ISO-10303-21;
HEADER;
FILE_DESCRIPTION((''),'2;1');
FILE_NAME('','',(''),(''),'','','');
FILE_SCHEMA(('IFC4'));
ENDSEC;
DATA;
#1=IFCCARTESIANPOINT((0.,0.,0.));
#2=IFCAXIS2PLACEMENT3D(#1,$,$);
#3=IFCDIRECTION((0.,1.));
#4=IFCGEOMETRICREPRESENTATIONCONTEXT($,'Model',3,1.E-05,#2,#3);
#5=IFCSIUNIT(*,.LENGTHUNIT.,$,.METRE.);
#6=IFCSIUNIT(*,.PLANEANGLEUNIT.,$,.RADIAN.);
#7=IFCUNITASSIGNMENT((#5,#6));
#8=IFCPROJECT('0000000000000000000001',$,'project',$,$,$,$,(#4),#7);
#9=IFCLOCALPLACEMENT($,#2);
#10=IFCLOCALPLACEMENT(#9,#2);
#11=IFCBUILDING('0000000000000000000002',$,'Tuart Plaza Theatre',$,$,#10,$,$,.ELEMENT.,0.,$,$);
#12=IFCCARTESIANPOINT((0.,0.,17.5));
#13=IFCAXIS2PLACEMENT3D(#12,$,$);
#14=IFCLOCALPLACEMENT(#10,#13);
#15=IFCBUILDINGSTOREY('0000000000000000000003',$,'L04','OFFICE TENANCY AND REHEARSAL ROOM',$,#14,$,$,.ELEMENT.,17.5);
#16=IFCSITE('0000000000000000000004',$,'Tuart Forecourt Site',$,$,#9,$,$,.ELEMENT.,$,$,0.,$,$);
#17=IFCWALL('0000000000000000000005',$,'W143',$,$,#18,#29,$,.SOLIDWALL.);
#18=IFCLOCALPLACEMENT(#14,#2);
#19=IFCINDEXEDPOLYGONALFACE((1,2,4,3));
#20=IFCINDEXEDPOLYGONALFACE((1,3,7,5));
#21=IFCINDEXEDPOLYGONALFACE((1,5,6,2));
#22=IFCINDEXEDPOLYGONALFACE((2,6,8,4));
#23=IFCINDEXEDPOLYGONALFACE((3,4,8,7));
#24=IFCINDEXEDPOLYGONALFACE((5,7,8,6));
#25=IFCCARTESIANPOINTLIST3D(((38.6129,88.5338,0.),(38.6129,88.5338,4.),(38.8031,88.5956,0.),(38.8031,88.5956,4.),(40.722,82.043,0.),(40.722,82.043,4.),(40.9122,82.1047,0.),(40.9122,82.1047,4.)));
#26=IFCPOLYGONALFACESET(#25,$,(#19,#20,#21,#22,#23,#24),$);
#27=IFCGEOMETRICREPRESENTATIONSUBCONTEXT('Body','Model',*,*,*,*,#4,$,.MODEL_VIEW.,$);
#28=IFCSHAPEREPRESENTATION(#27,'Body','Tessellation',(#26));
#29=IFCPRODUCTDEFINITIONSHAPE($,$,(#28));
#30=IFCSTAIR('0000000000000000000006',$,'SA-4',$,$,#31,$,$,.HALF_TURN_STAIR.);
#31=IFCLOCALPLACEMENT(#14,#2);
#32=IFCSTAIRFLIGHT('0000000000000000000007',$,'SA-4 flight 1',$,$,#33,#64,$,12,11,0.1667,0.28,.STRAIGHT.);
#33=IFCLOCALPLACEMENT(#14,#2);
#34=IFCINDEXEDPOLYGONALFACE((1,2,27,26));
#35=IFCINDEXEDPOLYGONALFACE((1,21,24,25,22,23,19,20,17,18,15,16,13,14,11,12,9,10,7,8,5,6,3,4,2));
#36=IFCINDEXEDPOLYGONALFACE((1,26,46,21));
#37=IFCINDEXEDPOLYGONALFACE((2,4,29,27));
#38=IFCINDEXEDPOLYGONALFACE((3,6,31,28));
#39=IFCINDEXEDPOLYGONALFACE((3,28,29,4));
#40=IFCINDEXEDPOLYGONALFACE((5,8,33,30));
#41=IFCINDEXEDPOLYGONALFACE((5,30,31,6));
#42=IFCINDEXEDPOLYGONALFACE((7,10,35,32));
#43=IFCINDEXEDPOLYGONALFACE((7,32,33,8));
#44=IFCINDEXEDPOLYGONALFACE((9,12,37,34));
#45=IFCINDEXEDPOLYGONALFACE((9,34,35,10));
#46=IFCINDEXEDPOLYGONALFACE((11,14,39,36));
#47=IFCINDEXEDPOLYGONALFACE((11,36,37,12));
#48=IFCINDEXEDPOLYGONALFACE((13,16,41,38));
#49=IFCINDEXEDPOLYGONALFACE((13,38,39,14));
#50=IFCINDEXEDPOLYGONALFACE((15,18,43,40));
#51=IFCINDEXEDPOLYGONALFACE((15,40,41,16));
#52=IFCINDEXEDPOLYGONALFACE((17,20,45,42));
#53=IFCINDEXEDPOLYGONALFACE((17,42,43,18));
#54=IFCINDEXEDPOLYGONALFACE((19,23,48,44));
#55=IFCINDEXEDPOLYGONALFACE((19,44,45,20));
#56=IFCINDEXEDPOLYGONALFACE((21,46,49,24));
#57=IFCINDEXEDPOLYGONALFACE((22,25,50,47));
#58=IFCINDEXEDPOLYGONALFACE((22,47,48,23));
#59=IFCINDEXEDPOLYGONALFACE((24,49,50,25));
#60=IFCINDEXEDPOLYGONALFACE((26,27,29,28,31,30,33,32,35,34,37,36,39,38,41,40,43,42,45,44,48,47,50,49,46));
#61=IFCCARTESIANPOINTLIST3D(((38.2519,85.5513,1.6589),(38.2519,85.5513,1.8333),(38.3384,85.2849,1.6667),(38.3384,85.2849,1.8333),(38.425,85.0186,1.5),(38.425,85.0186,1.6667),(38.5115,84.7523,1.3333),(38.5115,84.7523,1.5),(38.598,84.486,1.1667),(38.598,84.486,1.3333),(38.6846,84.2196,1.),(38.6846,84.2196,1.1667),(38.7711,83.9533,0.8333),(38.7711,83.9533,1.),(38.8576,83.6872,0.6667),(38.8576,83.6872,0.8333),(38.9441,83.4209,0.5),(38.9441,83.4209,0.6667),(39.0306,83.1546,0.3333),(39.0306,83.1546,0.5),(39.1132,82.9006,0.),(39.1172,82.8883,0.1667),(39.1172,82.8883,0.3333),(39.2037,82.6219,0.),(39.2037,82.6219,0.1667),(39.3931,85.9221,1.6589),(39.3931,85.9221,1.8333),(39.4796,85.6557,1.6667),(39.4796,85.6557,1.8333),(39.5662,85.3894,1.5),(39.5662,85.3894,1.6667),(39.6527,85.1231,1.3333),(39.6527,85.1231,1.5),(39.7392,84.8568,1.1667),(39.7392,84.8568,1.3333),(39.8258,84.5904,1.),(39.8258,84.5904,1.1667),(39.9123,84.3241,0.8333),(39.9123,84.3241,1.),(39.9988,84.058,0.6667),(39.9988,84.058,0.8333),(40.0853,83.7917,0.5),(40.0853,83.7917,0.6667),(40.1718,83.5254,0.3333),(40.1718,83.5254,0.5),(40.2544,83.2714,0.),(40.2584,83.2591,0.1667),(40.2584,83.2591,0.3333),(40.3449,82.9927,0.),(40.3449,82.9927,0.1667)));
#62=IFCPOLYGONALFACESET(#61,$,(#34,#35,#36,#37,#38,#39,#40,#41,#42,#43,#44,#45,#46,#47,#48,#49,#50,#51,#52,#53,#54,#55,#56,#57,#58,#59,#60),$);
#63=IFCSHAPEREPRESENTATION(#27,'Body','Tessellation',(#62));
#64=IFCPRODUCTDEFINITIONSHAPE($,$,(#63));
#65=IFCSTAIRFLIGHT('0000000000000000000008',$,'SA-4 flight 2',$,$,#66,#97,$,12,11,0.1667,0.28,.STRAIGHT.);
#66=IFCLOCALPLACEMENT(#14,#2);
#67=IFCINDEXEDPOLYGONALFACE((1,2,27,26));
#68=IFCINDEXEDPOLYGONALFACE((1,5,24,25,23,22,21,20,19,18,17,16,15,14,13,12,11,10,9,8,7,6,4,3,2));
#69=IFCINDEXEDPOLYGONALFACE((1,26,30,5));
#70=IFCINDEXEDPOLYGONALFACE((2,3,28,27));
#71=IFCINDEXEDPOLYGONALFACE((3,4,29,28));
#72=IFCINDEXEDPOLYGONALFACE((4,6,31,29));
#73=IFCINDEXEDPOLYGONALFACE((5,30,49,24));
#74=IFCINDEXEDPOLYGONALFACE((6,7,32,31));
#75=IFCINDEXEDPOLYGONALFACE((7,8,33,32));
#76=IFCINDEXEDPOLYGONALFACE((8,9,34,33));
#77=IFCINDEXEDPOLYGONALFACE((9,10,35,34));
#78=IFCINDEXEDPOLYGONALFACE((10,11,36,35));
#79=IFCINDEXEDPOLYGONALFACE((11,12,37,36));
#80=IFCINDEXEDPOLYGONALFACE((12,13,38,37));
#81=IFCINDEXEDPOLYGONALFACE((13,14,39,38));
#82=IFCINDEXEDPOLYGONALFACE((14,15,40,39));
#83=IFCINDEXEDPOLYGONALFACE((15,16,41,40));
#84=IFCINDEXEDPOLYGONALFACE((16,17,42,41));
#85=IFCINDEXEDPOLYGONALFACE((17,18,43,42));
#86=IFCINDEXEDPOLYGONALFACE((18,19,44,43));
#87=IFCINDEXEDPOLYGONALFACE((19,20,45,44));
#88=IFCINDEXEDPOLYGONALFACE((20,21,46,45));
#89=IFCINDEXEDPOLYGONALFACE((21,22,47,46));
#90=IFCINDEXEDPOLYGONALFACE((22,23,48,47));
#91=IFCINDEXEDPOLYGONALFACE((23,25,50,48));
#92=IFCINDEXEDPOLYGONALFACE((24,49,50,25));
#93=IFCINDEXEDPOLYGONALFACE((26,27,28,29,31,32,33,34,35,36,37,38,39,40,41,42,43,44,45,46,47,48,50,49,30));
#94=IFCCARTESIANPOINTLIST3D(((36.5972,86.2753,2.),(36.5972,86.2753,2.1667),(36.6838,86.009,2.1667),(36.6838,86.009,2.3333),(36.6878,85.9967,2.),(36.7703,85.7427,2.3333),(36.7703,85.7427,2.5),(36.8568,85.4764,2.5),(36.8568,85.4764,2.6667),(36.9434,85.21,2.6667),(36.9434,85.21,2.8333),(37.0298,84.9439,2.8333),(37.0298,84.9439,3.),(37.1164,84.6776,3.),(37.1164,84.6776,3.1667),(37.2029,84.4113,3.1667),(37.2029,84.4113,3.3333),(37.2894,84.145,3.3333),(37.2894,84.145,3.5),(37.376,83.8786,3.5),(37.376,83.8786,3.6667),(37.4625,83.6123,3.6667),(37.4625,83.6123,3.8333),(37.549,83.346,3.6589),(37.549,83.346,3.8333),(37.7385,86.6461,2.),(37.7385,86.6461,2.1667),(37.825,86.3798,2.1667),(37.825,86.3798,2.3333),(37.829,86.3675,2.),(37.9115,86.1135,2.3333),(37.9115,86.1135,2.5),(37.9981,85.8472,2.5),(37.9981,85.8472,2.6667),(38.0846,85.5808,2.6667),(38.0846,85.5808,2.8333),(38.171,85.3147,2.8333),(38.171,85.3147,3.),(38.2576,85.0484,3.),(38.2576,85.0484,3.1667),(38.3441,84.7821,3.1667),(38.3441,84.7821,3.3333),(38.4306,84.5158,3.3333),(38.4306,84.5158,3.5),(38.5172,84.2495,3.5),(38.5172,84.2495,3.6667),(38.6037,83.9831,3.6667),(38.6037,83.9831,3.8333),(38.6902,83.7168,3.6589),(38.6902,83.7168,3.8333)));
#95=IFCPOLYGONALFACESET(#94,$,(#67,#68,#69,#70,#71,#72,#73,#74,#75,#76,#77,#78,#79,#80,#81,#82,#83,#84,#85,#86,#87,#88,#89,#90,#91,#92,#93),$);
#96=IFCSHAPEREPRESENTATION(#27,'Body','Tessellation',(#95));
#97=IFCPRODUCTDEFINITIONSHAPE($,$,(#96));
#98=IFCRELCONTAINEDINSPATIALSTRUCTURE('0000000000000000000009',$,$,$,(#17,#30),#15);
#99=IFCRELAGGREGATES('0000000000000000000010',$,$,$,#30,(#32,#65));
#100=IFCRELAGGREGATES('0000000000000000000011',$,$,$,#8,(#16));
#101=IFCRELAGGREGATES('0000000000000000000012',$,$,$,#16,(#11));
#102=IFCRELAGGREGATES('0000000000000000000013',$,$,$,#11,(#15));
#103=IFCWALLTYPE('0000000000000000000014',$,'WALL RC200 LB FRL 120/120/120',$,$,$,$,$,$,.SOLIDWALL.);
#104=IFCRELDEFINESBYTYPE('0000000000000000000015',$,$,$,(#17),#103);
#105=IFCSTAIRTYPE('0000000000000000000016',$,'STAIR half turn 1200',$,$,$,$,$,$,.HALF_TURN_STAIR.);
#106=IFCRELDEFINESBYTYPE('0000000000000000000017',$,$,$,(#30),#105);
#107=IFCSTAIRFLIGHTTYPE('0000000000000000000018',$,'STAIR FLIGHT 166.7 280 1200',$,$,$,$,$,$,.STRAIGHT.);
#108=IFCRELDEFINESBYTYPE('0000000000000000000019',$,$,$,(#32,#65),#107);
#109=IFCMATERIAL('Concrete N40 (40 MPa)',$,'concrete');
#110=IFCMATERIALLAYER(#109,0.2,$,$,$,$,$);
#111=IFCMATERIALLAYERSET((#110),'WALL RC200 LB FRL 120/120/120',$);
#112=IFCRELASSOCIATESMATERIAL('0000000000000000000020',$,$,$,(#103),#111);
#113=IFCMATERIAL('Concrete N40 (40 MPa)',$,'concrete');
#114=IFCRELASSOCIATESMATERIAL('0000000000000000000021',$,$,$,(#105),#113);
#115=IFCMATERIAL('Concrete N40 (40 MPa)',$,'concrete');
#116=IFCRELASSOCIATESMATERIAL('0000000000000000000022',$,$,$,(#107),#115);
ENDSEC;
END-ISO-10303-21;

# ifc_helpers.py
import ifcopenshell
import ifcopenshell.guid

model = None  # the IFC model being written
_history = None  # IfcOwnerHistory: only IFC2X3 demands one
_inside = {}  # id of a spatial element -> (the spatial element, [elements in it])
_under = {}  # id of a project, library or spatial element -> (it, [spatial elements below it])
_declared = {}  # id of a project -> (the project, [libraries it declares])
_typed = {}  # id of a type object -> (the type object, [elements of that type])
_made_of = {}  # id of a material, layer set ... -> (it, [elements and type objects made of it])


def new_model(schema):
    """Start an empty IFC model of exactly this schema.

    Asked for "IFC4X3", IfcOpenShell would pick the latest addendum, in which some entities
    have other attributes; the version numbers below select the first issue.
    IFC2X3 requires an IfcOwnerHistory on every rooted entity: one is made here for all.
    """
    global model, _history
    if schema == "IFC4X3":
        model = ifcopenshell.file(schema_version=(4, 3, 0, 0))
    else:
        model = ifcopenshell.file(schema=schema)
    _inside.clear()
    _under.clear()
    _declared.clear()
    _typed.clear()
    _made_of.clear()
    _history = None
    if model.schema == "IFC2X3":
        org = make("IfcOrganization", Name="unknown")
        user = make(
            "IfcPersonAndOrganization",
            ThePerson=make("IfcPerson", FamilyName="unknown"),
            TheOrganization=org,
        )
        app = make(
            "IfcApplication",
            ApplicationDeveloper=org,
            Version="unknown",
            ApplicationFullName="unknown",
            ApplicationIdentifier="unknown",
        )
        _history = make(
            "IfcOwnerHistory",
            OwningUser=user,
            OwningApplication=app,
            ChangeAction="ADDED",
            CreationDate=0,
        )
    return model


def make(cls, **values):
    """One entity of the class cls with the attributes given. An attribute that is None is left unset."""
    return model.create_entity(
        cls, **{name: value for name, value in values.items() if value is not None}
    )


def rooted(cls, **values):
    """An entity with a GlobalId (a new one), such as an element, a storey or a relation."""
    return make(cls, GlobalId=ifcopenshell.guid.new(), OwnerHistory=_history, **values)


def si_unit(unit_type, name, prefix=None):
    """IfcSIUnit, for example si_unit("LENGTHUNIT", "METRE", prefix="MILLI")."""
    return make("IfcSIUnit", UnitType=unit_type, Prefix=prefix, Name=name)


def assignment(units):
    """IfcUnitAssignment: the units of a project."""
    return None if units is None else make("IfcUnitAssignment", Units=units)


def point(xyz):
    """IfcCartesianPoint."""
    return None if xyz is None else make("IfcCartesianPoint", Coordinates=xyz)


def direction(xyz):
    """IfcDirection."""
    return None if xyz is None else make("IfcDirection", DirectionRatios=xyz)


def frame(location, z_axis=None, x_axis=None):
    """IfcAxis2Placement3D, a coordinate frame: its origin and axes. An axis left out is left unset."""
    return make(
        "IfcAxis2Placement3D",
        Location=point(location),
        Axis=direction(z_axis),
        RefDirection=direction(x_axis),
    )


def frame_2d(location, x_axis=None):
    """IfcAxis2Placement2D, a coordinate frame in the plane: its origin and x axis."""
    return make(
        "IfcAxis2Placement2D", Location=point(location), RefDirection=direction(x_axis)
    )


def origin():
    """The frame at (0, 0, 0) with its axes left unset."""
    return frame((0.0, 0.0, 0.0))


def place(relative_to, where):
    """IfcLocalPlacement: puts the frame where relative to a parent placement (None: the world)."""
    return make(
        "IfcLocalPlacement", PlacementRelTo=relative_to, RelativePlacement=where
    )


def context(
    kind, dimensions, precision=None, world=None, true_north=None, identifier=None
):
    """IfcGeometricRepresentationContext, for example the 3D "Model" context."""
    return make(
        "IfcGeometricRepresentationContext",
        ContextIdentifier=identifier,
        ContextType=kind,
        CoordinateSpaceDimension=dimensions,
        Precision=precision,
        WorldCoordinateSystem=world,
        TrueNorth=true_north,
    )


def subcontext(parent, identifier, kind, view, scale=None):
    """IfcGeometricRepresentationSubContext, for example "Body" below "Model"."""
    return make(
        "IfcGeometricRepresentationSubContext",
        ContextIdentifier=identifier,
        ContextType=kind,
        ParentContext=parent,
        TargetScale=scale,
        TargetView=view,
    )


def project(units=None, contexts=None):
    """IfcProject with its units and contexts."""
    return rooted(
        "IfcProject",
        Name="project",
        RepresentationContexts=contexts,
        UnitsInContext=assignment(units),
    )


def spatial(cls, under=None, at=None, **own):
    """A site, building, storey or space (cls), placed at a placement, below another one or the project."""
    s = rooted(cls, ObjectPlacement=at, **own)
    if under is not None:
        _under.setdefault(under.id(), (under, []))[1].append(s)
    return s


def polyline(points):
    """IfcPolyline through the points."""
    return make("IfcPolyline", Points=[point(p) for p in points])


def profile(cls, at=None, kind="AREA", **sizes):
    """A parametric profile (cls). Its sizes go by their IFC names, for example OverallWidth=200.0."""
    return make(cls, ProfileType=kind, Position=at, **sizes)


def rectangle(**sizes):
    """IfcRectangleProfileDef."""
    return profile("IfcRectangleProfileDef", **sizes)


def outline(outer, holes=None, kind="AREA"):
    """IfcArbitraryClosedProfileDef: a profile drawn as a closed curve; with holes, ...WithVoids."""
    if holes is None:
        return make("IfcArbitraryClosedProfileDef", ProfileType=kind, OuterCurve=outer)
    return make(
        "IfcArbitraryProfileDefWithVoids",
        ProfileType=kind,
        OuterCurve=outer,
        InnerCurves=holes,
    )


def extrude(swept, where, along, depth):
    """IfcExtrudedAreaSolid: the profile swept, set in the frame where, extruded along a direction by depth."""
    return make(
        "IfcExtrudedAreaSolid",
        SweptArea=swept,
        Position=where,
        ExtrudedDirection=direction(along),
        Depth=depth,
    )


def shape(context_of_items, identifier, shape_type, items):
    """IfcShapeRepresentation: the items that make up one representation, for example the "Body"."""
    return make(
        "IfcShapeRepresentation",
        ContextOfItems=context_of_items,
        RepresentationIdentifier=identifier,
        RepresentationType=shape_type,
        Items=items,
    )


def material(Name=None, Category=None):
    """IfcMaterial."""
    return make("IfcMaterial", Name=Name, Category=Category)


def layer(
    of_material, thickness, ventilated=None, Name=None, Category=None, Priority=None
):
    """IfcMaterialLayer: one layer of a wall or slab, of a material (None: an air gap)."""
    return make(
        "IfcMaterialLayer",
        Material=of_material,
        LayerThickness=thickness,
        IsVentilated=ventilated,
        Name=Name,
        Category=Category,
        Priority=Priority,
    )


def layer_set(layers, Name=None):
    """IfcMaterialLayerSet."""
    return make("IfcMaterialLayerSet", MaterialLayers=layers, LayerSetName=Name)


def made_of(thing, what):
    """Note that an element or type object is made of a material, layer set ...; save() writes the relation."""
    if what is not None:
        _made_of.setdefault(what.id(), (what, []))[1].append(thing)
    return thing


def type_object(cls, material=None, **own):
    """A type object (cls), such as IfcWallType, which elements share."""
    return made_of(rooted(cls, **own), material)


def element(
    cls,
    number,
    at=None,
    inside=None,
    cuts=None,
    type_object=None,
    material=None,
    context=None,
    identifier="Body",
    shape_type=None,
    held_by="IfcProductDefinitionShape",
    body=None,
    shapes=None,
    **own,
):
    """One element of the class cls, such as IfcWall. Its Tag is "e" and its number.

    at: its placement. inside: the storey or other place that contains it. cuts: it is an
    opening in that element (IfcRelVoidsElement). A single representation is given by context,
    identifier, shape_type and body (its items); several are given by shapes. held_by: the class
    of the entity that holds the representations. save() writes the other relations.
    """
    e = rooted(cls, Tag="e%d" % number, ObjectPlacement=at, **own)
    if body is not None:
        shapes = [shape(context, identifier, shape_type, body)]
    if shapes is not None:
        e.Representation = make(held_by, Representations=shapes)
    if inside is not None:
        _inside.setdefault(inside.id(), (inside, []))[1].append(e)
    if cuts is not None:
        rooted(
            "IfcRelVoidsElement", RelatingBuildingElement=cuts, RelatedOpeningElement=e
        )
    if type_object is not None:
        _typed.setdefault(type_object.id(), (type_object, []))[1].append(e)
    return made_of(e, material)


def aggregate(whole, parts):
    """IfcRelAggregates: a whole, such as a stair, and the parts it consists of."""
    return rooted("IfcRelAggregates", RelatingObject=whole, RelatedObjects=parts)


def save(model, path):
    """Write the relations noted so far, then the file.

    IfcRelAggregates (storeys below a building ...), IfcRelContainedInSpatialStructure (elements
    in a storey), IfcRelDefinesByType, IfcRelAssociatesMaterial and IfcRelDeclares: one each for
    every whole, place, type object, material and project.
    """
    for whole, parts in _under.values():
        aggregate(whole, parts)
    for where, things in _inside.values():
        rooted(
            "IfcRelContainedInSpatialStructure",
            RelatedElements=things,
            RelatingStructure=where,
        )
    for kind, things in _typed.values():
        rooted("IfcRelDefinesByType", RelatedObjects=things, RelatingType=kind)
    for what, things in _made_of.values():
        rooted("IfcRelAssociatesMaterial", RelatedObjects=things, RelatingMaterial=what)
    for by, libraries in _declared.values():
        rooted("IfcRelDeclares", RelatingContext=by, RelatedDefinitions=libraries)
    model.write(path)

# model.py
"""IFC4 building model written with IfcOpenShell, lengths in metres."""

from ifc_helpers import new_model, si_unit, direction, frame, frame_2d, origin, place, context, subcontext, project, spatial, polyline, rectangle, outline, extrude, material, layer, layer_set, type_object, element, aggregate, save


model = new_model("IFC4")

# Units and contexts
model_context = context("Model", 3, precision=1e-05, world=origin(), true_north=direction((0.0, 1.0)))
body_context = subcontext(model_context, "Body", "Model", "MODEL_VIEW")
ifc_project = project(units=[si_unit("LENGTHUNIT", "METRE"), si_unit("PLANEANGLEUNIT", "RADIAN")], contexts=[model_context])

# Site, building, storey
site_placement = place(None, origin())
site = spatial("IfcSite", under=ifc_project, at=site_placement, Name="Tuart Forecourt Site", CompositionType="ELEMENT", RefElevation=0.0)
building_placement = place(site_placement, origin())
building = spatial("IfcBuilding", under=site, at=building_placement, Name="Tuart Plaza Theatre", CompositionType="ELEMENT", ElevationOfRefHeight=0.0)
storey_placement = place(building_placement, frame((0.0, 0.0, 17.5)))
storey = spatial("IfcBuildingStorey", under=building, at=storey_placement, Name="L04", Description="OFFICE TENANCY AND REHEARSAL ROOM", CompositionType="ELEMENT", Elevation=17.5)

# Wall
ifc_material_1 = material(Name="Concrete N40 (40 MPa)", Category="concrete")
ifc_layer = layer(ifc_material_1, 0.2)
ifc_layer_set = layer_set([ifc_layer], Name="WALL RC200 LB FRL 120/120/120")
wall_type = type_object("IfcWallType", Name="WALL RC200 LB FRL 120/120/120", PredefinedType="SOLIDWALL", material=ifc_layer_set)
wall_placement = place(storey_placement, frame((40.8171, 82.0737, 0.0), z_axis=(0.0, 0.0, 1.0), x_axis=(-0.309029, 0.951053, 0.0)))
element("IfcWall", 1, at=wall_placement, inside=storey, type_object=wall_type, Name="W143", PredefinedType="SOLIDWALL", context=body_context, shape_type="SweptSolid", body=[
    extrude(rectangle(XDim=6.825, YDim=0.2, at=frame_2d((3.4126, 0.0))), origin(), (0.0, 0.0, 1.0), 4.0),
])

# Stair, stair flights
ifc_material_2 = material(Name="Concrete N40 (40 MPa)", Category="concrete")
stair_type = type_object("IfcStairType", Name="STAIR half turn 1200", PredefinedType="HALF_TURN_STAIR", material=ifc_material_2)
stair_placement = place(storey_placement, origin())
stair = element("IfcStair", 2, at=stair_placement, inside=storey, type_object=stair_type, Name="SA-4", PredefinedType="HALF_TURN_STAIR")
ifc_material_3 = material(Name="Concrete N40 (40 MPa)", Category="concrete")
stair_flight_type = type_object("IfcStairFlightType", Name="STAIR FLIGHT 166.7 280 1200", PredefinedType="STRAIGHT", material=ifc_material_3)
stair_flight_1_placement = place(storey_placement, frame((39.7744, 82.8074, 0.0), z_axis=(0.0, 0.0, 1.0), x_axis=(-0.309017, 0.951057, 0.0)))
stair_flight_1 = element("IfcStairFlight", 3, at=stair_flight_1_placement, type_object=stair_flight_type, Name="SA-4 flight 1", NumberOfRisers=12, NumberOfTreads=11, PredefinedType="STRAIGHT", RiserHeight=0.1667, TreadLength=0.28, context=body_context, shape_type="SweptSolid", body=[
    extrude(outline(polyline([(0.0, 0.0), (0.0, 0.1667), (0.28, 0.1667), (0.28, 0.3333), (0.5601, 0.3333), (0.5601, 0.5), (0.8401, 0.5), (0.8401, 0.6667), (1.1201, 0.6667), (1.1201, 0.8333), (1.3999, 0.8333), (1.3999, 1.0), (1.6799, 1.0), (1.6799, 1.1667), (1.96, 1.1667), (1.96, 1.3333), (2.24, 1.3333), (2.24, 1.5), (2.52, 1.5), (2.52, 1.6667), (2.8, 1.6667), (2.8, 1.8333), (3.0801, 1.8333), (3.0801, 2.0), (3.0801, 1.6589), (0.293, 0.0), (0.0, 0.0)])), frame((0.0, 0.6001, 0.0), z_axis=(0.0, -1.0, 0.0), x_axis=(1.0, 0.0, 0.0)), (0.0, 0.0, 1.0), 1.2),
])
stair_flight_2_placement = place(storey_placement, frame((37.1677, 86.4607, 2.0), z_axis=(0.0, 0.0, 1.0), x_axis=(0.309017, -0.951057, 0.0)))
stair_flight_2 = element("IfcStairFlight", 4, at=stair_flight_2_placement, type_object=stair_flight_type, Name="SA-4 flight 2", NumberOfRisers=12, NumberOfTreads=11, PredefinedType="STRAIGHT", RiserHeight=0.1667, TreadLength=0.28, context=body_context, shape_type="SweptSolid", body=[
    extrude(outline(polyline([(0.0, 0.0), (0.0, 0.1667), (0.28, 0.1667), (0.28, 0.3333), (0.5601, 0.3333), (0.5601, 0.5), (0.8401, 0.5), (0.8401, 0.6667), (1.1201, 0.6667), (1.1201, 0.8333), (1.3999, 0.8333), (1.3999, 1.0), (1.6799, 1.0), (1.6799, 1.1667), (1.96, 1.1667), (1.96, 1.3333), (2.24, 1.3333), (2.24, 1.5), (2.52, 1.5), (2.52, 1.6667), (2.8, 1.6667), (2.8, 1.8333), (3.0801, 1.8333), (3.0801, 2.0), (3.0801, 1.6589), (0.293, 0.0), (0.0, 0.0)])), frame((0.0, 0.6001, 0.0), z_axis=(0.0, -1.0, 0.0), x_axis=(1.0, 0.0, 0.0)), (0.0, 0.0, 1.0), 1.2),
])
aggregate(stair, [stair_flight_1, stair_flight_2])

save(model, "model.ifc")
